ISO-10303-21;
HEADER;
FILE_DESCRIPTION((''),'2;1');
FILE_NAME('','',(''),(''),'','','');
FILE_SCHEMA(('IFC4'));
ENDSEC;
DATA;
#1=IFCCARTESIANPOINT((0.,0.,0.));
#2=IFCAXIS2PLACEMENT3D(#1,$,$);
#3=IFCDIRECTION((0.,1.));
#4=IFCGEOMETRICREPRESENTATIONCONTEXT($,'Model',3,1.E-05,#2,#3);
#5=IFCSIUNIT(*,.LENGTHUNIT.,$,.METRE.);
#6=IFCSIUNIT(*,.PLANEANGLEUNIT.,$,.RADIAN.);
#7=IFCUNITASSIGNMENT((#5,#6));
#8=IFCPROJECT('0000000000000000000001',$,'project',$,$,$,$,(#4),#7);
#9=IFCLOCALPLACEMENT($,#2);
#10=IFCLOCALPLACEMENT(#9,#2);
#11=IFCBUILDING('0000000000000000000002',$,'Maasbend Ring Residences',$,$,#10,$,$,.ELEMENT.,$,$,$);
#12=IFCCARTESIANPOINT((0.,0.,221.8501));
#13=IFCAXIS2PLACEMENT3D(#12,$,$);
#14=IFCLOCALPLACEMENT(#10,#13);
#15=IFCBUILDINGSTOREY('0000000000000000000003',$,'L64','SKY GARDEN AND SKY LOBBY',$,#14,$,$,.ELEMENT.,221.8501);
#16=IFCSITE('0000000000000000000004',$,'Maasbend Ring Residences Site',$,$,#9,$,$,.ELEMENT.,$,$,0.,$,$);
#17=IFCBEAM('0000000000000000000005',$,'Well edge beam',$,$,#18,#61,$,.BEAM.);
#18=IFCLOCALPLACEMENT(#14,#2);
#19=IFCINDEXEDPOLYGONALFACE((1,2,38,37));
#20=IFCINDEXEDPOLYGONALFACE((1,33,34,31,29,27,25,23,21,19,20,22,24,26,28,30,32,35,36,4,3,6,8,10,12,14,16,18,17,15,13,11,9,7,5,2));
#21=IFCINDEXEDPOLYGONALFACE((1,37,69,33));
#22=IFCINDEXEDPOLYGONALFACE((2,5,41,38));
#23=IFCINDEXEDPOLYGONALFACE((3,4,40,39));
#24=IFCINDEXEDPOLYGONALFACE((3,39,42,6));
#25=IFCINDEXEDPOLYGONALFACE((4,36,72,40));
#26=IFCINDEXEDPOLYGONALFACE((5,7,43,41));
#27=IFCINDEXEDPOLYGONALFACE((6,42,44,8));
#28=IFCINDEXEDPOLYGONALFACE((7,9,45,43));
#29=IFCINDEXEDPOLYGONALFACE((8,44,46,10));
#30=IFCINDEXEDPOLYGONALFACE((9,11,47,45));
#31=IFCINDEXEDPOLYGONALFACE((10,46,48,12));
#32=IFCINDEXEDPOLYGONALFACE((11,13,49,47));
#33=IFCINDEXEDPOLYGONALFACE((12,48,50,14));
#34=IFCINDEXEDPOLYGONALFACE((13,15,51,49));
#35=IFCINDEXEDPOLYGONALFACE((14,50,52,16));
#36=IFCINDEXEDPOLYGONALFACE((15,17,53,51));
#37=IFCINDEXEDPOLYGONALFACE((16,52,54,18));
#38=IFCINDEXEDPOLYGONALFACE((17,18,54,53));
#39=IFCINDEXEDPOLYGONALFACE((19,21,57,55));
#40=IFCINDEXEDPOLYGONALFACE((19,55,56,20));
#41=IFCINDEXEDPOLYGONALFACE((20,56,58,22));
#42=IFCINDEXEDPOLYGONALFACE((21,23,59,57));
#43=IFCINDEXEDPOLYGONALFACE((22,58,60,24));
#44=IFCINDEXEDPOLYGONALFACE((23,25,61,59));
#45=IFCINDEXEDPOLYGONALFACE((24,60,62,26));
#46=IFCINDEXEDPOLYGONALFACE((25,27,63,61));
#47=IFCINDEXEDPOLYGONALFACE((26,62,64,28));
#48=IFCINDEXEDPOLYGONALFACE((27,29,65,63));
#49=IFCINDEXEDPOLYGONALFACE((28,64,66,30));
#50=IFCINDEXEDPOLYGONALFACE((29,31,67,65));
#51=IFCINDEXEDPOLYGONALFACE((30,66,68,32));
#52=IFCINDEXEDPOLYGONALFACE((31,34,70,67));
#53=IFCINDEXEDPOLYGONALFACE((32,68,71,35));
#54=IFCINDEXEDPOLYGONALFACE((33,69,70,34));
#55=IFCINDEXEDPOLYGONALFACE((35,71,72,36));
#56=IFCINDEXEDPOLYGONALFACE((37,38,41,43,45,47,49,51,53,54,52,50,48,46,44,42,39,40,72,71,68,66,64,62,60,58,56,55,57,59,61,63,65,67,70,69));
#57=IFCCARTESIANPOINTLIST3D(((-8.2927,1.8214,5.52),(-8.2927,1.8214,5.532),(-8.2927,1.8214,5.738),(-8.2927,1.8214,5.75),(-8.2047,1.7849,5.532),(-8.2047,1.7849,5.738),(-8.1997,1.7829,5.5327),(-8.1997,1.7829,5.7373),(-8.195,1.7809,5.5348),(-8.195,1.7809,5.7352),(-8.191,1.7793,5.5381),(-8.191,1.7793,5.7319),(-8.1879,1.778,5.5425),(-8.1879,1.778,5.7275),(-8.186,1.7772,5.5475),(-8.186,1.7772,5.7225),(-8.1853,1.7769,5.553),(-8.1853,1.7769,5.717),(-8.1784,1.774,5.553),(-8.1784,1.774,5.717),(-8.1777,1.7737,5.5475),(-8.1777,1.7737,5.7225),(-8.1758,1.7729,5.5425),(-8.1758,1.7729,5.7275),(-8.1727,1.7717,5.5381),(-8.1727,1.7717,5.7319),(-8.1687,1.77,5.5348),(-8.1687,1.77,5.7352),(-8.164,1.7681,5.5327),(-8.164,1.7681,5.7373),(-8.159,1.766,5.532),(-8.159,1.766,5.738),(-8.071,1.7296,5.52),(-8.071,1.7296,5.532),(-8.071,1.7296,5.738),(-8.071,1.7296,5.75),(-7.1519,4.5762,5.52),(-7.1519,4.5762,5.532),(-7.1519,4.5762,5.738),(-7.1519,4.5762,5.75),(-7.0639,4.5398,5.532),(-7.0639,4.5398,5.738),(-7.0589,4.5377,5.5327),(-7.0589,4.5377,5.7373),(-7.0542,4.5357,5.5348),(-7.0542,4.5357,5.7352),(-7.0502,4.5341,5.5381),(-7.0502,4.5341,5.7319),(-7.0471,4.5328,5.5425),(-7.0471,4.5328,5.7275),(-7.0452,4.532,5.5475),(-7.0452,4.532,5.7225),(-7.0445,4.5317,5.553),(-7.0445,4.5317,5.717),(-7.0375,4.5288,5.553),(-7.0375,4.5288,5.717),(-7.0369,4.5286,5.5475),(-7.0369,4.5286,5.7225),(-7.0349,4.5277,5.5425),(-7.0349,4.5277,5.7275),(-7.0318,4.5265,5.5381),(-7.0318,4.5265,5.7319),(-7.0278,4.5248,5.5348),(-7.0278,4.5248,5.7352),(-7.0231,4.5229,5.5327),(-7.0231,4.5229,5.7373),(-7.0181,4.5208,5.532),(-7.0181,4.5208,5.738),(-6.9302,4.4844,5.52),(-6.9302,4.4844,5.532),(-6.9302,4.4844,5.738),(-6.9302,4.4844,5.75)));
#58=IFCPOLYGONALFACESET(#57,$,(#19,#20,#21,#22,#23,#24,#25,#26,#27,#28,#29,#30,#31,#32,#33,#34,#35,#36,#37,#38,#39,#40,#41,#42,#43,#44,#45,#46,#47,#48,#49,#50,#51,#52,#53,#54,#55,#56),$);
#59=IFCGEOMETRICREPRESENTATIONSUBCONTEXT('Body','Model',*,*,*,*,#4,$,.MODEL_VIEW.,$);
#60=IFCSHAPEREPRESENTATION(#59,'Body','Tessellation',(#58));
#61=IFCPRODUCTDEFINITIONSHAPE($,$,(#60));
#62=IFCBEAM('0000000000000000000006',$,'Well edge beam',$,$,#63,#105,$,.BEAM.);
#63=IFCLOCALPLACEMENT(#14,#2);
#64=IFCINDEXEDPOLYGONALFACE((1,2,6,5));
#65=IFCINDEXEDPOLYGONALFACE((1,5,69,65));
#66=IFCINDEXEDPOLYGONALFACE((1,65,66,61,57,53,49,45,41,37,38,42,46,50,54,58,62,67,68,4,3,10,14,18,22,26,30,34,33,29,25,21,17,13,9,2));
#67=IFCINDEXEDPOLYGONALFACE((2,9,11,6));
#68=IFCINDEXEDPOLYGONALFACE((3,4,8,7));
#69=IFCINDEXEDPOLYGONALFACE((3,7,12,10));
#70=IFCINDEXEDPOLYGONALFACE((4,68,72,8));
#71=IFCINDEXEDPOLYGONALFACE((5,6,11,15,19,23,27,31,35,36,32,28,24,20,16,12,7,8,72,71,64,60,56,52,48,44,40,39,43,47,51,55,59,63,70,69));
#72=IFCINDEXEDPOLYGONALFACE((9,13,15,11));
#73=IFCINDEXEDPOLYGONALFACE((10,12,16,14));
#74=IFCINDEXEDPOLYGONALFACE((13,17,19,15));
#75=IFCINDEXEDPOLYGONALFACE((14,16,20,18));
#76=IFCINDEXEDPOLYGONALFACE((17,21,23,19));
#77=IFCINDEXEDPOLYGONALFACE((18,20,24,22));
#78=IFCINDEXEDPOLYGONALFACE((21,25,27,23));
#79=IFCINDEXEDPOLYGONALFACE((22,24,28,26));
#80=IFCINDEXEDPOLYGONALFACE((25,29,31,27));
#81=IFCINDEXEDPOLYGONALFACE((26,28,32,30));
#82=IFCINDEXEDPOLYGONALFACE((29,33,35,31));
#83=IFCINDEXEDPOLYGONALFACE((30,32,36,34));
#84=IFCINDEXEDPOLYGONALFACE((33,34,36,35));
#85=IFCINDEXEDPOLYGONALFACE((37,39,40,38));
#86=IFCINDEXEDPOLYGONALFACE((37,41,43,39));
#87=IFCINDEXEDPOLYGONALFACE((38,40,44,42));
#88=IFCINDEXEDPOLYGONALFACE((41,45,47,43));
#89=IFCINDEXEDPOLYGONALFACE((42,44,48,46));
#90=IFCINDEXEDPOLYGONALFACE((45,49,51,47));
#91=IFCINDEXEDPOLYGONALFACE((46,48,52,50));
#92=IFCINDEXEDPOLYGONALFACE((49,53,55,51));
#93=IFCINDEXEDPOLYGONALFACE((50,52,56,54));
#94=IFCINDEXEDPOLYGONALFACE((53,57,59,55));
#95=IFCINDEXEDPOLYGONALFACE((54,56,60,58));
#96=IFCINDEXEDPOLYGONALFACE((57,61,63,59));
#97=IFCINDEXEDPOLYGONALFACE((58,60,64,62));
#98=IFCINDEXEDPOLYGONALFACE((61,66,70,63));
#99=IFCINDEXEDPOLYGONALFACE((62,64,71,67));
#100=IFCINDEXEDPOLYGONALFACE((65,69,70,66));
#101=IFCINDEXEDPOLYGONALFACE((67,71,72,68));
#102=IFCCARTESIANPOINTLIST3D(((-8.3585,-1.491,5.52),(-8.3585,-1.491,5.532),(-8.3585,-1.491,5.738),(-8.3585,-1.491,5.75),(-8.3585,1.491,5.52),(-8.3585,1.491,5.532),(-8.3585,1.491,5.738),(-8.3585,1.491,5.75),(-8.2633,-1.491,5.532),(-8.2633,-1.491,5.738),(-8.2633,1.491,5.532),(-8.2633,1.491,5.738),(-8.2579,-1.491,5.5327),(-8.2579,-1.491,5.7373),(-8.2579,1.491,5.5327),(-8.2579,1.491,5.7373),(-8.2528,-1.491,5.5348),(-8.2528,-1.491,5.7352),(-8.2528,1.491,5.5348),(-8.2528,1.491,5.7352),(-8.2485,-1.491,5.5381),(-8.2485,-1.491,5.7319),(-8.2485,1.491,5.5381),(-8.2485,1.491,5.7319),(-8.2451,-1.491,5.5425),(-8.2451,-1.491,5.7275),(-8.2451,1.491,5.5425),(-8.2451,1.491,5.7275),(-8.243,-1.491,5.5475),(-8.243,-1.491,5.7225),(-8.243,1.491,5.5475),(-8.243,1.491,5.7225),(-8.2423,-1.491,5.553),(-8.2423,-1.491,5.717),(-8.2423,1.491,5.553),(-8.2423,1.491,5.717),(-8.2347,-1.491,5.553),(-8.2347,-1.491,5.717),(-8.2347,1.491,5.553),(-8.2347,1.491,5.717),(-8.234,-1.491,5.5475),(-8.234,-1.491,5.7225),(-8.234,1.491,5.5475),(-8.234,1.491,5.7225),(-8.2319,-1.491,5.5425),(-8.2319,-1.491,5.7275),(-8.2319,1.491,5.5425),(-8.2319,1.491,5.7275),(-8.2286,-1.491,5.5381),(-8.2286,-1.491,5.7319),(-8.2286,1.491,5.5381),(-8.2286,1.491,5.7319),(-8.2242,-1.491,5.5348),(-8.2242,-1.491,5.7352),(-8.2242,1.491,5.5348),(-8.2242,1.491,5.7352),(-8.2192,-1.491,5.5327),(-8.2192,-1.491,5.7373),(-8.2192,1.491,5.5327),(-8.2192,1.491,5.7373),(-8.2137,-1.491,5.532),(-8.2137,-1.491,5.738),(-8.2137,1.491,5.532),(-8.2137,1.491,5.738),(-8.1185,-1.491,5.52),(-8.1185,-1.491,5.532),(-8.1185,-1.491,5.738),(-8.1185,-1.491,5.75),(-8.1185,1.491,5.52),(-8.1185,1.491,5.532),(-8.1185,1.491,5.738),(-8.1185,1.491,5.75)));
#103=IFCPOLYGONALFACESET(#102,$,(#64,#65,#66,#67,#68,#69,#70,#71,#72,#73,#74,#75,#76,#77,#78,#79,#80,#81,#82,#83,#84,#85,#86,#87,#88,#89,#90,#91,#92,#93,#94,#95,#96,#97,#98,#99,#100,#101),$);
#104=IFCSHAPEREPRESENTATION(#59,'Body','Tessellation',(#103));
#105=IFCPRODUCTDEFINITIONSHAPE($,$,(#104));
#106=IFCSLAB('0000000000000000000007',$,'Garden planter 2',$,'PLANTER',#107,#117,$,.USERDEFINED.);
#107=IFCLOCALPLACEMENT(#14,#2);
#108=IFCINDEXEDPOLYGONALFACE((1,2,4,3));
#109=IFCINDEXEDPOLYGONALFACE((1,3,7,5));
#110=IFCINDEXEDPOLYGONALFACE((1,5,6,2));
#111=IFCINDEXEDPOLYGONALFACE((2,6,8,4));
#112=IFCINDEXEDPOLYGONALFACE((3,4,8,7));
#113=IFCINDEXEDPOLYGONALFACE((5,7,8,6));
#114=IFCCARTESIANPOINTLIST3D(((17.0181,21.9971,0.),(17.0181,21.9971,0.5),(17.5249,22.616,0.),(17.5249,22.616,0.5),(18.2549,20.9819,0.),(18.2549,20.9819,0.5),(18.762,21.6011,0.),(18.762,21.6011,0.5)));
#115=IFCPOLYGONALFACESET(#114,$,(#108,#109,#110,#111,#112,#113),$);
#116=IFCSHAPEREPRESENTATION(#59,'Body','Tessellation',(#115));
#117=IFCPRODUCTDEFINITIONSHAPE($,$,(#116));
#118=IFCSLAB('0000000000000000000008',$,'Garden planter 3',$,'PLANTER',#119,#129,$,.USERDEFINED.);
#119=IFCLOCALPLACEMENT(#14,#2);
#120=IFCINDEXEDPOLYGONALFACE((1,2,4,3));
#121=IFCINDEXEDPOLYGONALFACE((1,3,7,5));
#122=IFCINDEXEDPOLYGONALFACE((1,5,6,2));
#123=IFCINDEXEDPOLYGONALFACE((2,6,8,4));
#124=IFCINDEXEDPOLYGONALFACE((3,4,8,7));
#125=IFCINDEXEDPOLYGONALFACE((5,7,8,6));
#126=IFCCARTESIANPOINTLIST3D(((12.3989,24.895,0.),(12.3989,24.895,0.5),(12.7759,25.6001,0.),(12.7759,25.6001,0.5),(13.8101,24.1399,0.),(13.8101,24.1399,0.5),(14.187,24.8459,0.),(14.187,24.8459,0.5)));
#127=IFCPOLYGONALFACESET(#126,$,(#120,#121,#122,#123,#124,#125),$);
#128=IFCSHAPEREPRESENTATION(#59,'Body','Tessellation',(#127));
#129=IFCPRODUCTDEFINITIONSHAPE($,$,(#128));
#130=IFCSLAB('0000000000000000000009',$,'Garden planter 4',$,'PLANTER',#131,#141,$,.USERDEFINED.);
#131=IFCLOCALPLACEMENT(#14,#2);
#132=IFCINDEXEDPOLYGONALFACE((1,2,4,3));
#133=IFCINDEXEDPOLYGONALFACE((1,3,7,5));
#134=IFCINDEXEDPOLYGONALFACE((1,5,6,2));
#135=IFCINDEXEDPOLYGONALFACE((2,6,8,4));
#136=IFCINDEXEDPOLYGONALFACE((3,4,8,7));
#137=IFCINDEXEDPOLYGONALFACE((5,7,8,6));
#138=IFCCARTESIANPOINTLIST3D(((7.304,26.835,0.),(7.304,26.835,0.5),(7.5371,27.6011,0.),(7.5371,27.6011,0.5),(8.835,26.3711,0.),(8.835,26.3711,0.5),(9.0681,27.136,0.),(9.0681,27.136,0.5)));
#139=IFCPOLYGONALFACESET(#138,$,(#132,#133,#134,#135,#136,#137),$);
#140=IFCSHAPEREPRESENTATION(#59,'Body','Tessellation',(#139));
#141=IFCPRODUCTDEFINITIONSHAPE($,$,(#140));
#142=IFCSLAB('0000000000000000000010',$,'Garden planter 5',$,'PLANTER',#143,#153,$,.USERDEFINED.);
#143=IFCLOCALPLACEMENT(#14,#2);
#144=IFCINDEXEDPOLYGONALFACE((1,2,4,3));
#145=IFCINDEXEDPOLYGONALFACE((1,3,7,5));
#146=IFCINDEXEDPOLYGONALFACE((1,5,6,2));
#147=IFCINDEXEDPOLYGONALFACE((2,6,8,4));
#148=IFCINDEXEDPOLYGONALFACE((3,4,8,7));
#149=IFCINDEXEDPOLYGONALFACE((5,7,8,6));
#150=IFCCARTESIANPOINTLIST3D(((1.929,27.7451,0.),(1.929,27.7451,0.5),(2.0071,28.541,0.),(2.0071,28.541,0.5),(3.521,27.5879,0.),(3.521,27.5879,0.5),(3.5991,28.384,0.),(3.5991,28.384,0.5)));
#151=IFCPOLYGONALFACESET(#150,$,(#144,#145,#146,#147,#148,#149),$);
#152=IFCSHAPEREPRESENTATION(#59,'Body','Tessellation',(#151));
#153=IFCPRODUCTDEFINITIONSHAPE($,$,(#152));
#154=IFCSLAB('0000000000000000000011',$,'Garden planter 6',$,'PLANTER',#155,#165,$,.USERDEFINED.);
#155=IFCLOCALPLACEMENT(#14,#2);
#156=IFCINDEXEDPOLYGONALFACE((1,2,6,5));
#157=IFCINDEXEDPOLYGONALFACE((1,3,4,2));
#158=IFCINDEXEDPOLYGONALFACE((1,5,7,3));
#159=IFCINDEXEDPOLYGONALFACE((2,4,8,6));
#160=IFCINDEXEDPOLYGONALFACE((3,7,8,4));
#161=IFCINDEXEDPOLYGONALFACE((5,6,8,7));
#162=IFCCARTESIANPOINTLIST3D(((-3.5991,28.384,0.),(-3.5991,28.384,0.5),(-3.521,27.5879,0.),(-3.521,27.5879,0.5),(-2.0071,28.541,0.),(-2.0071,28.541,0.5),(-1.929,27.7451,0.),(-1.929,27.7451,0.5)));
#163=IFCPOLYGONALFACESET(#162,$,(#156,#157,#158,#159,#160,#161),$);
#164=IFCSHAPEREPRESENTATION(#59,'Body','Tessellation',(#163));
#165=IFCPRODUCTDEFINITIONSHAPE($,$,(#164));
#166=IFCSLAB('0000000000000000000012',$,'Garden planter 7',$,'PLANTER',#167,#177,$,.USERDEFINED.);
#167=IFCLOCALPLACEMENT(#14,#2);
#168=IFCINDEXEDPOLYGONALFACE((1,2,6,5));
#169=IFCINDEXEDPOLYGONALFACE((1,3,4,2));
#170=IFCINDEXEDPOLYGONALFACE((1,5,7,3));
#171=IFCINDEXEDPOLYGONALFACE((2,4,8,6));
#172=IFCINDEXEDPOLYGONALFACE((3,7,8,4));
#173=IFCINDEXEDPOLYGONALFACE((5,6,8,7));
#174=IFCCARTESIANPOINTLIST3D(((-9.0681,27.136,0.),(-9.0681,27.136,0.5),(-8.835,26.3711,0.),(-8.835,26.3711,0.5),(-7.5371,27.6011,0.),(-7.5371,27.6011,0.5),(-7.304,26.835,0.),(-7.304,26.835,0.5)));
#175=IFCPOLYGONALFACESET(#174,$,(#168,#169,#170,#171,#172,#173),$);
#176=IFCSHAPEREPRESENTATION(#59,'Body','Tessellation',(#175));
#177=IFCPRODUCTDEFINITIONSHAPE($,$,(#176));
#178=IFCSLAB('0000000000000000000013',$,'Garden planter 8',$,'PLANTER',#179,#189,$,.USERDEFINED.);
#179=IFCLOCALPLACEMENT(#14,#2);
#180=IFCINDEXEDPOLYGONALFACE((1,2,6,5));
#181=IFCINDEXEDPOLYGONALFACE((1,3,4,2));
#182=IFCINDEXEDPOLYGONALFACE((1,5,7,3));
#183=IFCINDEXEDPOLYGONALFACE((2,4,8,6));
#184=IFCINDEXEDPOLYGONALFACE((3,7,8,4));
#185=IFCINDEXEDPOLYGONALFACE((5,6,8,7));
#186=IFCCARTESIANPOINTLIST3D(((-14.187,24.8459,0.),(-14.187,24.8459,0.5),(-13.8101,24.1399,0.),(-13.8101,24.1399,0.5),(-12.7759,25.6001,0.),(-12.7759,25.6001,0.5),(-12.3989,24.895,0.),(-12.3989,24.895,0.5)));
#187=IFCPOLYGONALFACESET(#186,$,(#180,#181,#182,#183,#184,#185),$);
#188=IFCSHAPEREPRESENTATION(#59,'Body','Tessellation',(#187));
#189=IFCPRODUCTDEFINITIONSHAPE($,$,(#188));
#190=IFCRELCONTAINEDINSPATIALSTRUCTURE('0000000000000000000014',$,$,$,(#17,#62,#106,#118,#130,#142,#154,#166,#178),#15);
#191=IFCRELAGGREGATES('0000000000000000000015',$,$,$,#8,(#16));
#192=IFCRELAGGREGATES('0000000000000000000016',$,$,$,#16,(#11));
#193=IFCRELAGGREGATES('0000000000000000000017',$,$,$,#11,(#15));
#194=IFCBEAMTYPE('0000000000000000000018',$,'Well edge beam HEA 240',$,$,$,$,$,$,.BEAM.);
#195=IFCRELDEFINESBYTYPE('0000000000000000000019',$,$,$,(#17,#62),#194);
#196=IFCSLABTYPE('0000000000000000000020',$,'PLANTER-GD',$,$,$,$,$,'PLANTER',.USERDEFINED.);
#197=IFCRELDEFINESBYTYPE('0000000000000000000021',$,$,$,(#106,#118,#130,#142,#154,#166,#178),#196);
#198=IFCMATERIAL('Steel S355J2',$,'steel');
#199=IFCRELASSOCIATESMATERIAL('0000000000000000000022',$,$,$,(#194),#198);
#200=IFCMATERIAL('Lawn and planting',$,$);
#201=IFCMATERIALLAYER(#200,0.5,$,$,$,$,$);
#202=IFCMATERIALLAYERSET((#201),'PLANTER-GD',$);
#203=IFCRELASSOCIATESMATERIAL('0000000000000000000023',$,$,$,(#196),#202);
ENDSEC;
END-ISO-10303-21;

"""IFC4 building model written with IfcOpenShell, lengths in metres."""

from ifc_helpers import new_model, si_unit, direction, frame, origin, origin_2d, place, context, subcontext, project, spatial, polyline, i_section, outline, extrude, material, layer, layer_set, material_profile, profile_set, type_object, element, save


model = new_model("IFC4")

# Units and contexts
model_context = context("Model", 3, precision=1e-05, world=origin(), true_north=direction((0.0, 1.0)))
body_context = subcontext(model_context, "Body", "Model", "MODEL_VIEW")
ifc_project = project(units=[si_unit("LENGTHUNIT", "METRE"), si_unit("PLANEANGLEUNIT", "RADIAN")], contexts=[model_context])

# Site, building, storey
site_placement = place(None, origin())
site = spatial("IfcSite", under=ifc_project, at=site_placement, Name="Maasbend Ring Residences Site", CompositionType="ELEMENT", RefElevation=0.0)
building_placement = place(site_placement, origin())
building = spatial("IfcBuilding", under=site, at=building_placement, Name="Maasbend Ring Residences", CompositionType="ELEMENT")
storey_placement = place(building_placement, frame((0.0, 0.0, 221.8501)))
storey = spatial("IfcBuildingStorey", under=building, at=storey_placement, Name="L64", Description="SKY GARDEN AND SKY LOBBY", CompositionType="ELEMENT", Elevation=221.8501)

# Beams
ifc_material_1 = material(Name="Steel S355J2", Category="steel")
ifc_material_profile_1 = material_profile(ifc_material_1, i_section(OverallWidth=0.24, OverallDepth=0.23, WebThickness=0.0076, FlangeThickness=0.012, FilletRadius=0.021, at=origin_2d()), Name="HEA 240")
ifc_profile_set_1 = profile_set([ifc_material_profile_1], Name="Steel S355J2")
beam_type = type_object("IfcBeamType", Name="Well edge beam HEA 240", PredefinedType="BEAM", material=ifc_profile_set_1)
beam_1_placement = place(storey_placement, frame((-7.041, 4.5303, 5.635), z_axis=(-0.382615, -0.923908, 0.0), x_axis=(0.923908, -0.382615, 0.0)))
element("IfcBeam", 1, at=beam_1_placement, inside=storey, type_object=beam_type, Name="Well edge beam", PredefinedType="BEAM", context=body_context, shape_type="SweptSolid", body=[
    extrude(i_section(OverallWidth=0.24, OverallDepth=0.23, WebThickness=0.0076, FlangeThickness=0.012, FilletRadius=0.021, at=origin_2d()), origin(), (0.0, 0.0, 1.0), 2.9817),
])
beam_2_placement = place(storey_placement, frame((-8.2385, 1.491, 5.635), z_axis=(0.0, -1.0, 0.0), x_axis=(1.0, 0.0, 0.0)))
element("IfcBeam", 2, at=beam_2_placement, inside=storey, type_object=beam_type, Name="Well edge beam", PredefinedType="BEAM", context=body_context, shape_type="SweptSolid", body=[
    extrude(i_section(OverallWidth=0.24, OverallDepth=0.23, WebThickness=0.0076, FlangeThickness=0.012, FilletRadius=0.021, at=origin_2d()), origin(), (0.0, 0.0, 1.0), 2.9819),
])

# Slabs
ifc_material_2 = material(Name="Lawn and planting")
ifc_layer_1 = layer(ifc_material_2, 0.5)
ifc_layer_set_1 = layer_set([ifc_layer_1], Name="PLANTER-GD")
slab_type = type_object("IfcSlabType", Name="PLANTER-GD", ElementType="PLANTER", PredefinedType="USERDEFINED", material=ifc_layer_set_1)
slab_1_placement = place(storey_placement, origin())
element("IfcSlab", 3, at=slab_1_placement, inside=storey, type_object=slab_type, Name="Garden planter 2", ObjectType="PLANTER", PredefinedType="USERDEFINED", context=body_context, shape_type="SweptSolid", body=[
    extrude(outline(polyline([(18.762, 21.6011), (17.5249, 22.616), (17.0181, 21.9971), (18.2549, 20.9819), (18.762, 21.6011)])), origin(), (0.0, 0.0, 1.0), 0.5),
])
slab_2_placement = place(storey_placement, origin())
element("IfcSlab", 4, at=slab_2_placement, inside=storey, type_object=slab_type, Name="Garden planter 3", ObjectType="PLANTER", PredefinedType="USERDEFINED", context=body_context, shape_type="SweptSolid", body=[
    extrude(outline(polyline([(14.187, 24.8459), (12.7759, 25.6001), (12.3989, 24.895), (13.8101, 24.1399), (14.187, 24.8459)])), origin(), (0.0, 0.0, 1.0), 0.5),
])
slab_3_placement = place(storey_placement, origin())
element("IfcSlab", 5, at=slab_3_placement, inside=storey, type_object=slab_type, Name="Garden planter 4", ObjectType="PLANTER", PredefinedType="USERDEFINED", context=body_context, shape_type="SweptSolid", body=[
    extrude(outline(polyline([(9.0681, 27.136), (7.5371, 27.6011), (7.304, 26.835), (8.835, 26.3711), (9.0681, 27.136)])), origin(), (0.0, 0.0, 1.0), 0.5),
])
slab_4_placement = place(storey_placement, origin())
element("IfcSlab", 6, at=slab_4_placement, inside=storey, type_object=slab_type, Name="Garden planter 5", ObjectType="PLANTER", PredefinedType="USERDEFINED", context=body_context, shape_type="SweptSolid", body=[
    extrude(outline(polyline([(3.5991, 28.384), (2.0071, 28.541), (1.929, 27.7451), (3.521, 27.5879), (3.5991, 28.384)])), origin(), (0.0, 0.0, 1.0), 0.5),
])
slab_5_placement = place(storey_placement, origin())
element("IfcSlab", 7, at=slab_5_placement, inside=storey, type_object=slab_type, Name="Garden planter 6", ObjectType="PLANTER", PredefinedType="USERDEFINED", context=body_context, shape_type="SweptSolid", body=[
    extrude(outline(polyline([(-2.0071, 28.541), (-3.5991, 28.384), (-3.521, 27.5879), (-1.929, 27.7451), (-2.0071, 28.541)])), origin(), (0.0, 0.0, 1.0), 0.5),
])
slab_6_placement = place(storey_placement, origin())
element("IfcSlab", 8, at=slab_6_placement, inside=storey, type_object=slab_type, Name="Garden planter 7", ObjectType="PLANTER", PredefinedType="USERDEFINED", context=body_context, shape_type="SweptSolid", body=[
    extrude(outline(polyline([(-7.5371, 27.6011), (-9.0681, 27.136), (-8.835, 26.3711), (-7.304, 26.835), (-7.5371, 27.6011)])), origin(), (0.0, 0.0, 1.0), 0.5),
])
slab_7_placement = place(storey_placement, origin())
element("IfcSlab", 9, at=slab_7_placement, inside=storey, type_object=slab_type, Name="Garden planter 8", ObjectType="PLANTER", PredefinedType="USERDEFINED", context=body_context, shape_type="SweptSolid", body=[
    extrude(outline(polyline([(-12.7759, 25.6001), (-14.187, 24.8459), (-13.8101, 24.1399), (-12.3989, 24.895), (-12.7759, 25.6001)])), origin(), (0.0, 0.0, 1.0), 0.5),
])

save(model, "model.ifc")
